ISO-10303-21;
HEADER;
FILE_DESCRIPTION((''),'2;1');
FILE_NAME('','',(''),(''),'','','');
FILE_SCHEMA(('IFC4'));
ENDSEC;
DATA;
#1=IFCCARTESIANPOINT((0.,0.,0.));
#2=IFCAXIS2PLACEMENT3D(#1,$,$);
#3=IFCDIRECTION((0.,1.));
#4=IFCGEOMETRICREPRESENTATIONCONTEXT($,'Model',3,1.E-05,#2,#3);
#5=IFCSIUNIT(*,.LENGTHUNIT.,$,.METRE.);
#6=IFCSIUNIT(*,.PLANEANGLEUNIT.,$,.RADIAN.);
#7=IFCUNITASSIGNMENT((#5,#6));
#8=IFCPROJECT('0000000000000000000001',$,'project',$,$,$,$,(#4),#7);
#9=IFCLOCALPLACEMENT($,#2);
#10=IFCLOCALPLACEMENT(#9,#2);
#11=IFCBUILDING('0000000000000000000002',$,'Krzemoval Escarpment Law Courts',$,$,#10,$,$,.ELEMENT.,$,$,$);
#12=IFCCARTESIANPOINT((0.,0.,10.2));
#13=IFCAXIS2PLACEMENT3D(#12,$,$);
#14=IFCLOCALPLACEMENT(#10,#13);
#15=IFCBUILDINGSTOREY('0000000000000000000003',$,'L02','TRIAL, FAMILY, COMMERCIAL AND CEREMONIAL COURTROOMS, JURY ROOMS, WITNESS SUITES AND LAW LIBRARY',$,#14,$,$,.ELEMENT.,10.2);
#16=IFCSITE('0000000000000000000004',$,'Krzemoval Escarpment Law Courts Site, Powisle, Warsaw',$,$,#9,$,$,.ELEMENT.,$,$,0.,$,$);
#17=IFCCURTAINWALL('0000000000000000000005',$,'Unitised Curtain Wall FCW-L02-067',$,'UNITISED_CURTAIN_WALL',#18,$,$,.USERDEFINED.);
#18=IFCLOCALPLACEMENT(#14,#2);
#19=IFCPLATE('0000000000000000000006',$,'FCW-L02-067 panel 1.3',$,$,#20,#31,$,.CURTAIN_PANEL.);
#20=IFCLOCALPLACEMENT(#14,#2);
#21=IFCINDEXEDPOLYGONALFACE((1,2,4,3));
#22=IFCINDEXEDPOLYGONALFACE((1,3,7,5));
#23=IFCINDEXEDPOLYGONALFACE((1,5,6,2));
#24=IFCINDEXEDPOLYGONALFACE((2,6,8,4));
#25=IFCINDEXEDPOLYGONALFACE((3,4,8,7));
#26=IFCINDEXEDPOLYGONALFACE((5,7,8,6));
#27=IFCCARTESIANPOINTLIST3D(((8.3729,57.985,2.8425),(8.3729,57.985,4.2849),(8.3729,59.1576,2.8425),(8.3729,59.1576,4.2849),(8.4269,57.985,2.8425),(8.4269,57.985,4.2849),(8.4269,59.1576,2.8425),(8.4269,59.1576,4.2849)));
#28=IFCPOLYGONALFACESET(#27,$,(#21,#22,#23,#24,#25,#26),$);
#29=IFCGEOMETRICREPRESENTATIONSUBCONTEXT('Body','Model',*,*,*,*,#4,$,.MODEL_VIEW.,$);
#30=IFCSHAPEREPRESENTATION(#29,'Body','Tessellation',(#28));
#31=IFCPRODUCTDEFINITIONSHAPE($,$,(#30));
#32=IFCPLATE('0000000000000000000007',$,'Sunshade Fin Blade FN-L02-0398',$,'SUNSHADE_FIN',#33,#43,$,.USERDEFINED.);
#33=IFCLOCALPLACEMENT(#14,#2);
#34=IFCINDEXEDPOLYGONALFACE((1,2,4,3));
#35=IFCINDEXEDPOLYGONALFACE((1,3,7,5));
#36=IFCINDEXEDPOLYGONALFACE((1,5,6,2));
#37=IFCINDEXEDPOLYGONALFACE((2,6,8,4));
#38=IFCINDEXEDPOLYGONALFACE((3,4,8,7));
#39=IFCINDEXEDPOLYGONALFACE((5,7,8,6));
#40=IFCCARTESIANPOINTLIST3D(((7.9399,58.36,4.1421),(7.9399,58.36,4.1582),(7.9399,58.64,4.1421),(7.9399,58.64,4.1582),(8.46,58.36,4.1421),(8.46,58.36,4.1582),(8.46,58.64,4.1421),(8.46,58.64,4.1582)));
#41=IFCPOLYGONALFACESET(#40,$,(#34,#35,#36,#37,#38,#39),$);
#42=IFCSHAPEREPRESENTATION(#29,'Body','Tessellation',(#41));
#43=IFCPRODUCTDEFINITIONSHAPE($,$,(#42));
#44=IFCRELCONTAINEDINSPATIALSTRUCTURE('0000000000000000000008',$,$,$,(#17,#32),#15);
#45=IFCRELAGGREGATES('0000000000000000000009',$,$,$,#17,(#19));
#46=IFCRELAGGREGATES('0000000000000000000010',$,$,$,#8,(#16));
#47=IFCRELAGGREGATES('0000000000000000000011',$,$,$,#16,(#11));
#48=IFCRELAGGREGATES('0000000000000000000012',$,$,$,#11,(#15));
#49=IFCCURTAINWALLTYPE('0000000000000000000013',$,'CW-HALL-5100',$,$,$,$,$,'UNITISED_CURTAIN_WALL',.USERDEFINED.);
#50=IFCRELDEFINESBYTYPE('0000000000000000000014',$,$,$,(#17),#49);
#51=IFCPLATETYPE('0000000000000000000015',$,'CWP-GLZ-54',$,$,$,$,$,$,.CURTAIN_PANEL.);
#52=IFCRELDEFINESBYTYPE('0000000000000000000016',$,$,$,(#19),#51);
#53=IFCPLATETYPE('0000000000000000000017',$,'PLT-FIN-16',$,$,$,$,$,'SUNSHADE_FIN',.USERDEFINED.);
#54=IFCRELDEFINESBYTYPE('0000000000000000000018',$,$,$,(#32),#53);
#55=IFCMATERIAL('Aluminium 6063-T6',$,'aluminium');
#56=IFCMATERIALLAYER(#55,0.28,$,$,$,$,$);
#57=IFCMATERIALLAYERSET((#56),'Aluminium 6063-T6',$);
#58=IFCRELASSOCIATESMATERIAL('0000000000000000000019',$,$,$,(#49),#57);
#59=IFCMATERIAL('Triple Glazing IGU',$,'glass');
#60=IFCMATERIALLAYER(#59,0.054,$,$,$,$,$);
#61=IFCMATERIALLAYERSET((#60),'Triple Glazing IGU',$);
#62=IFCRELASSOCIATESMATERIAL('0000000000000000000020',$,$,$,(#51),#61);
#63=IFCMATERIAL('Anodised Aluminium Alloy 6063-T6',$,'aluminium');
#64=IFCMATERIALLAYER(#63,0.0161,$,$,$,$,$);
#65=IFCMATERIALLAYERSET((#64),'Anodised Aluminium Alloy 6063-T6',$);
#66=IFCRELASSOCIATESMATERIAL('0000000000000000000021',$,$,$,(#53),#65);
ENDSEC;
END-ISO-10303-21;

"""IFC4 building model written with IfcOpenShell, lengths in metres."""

from ifc_helpers import new_model, si_unit, direction, frame, origin, origin_2d, place, context, subcontext, project, spatial, rectangle, extrude, material, layer, layer_set, type_object, element, aggregate, save


model = new_model("IFC4")

# Units and contexts
model_context = context("Model", 3, precision=1e-05, world=origin(), true_north=direction((0.0, 1.0)))
body_context = subcontext(model_context, "Body", "Model", "MODEL_VIEW")
ifc_project = project(units=[si_unit("LENGTHUNIT", "METRE"), si_unit("PLANEANGLEUNIT", "RADIAN")], contexts=[model_context])

# Site, building, storey
site_placement = place(None, origin())
site = spatial("IfcSite", under=ifc_project, at=site_placement, Name="Krzemoval Escarpment Law Courts Site, Powisle, Warsaw", CompositionType="ELEMENT", RefElevation=0.0)
building_placement = place(site_placement, origin())
building = spatial("IfcBuilding", under=site, at=building_placement, Name="Krzemoval Escarpment Law Courts", CompositionType="ELEMENT")
storey_placement = place(building_placement, frame((0.0, 0.0, 10.2)))
storey = spatial("IfcBuildingStorey", under=building, at=storey_placement, Name="L02", Description="TRIAL, FAMILY, COMMERCIAL AND CEREMONIAL COURTROOMS, JURY ROOMS, WITNESS SUITES AND LAW LIBRARY", CompositionType="ELEMENT", Elevation=10.2)

# Shared definitions
ifc_material_1 = material(Name="Aluminium 6063-T6", Category="aluminium")
ifc_layer_1 = layer(ifc_material_1, 0.28)
ifc_layer_set_1 = layer_set([ifc_layer_1], Name="Aluminium 6063-T6")
curtain_wall_type = type_object("IfcCurtainWallType", Name="CW-HALL-5100", ElementType="UNITISED_CURTAIN_WALL", PredefinedType="USERDEFINED", material=ifc_layer_set_1)

# Curtain wall
curtain_wall_1_placement = place(storey_placement, origin())
curtain_wall_1 = element("IfcCurtainWall", 1, at=curtain_wall_1_placement, inside=storey, type_object=curtain_wall_type, Name="Unitised Curtain Wall FCW-L02-067", ObjectType="UNITISED_CURTAIN_WALL", PredefinedType="USERDEFINED")

# Plates
ifc_material_2 = material(Name="Triple Glazing IGU", Category="glass")
ifc_layer_2 = layer(ifc_material_2, 0.054)
ifc_layer_set_2 = layer_set([ifc_layer_2], Name="Triple Glazing IGU")
plate_type_1 = type_object("IfcPlateType", Name="CWP-GLZ-54", PredefinedType="CURTAIN_PANEL", material=ifc_layer_set_2)
plate_1_placement = place(storey_placement, frame((8.3999, 58.5713, 2.8425), z_axis=(0.0, 0.0, 1.0), x_axis=(0.0, 1.0, 0.0)))
plate_1 = element("IfcPlate", 2, at=plate_1_placement, type_object=plate_type_1, Name="FCW-L02-067 panel 1.3", PredefinedType="CURTAIN_PANEL", context=body_context, shape_type="SweptSolid", body=[
    extrude(rectangle(XDim=1.1726, YDim=0.054, at=origin_2d()), origin(), (0.0, 0.0, 1.0), 1.4424),
])
aggregate(curtain_wall_1, [plate_1])
ifc_material_3 = material(Name="Anodised Aluminium Alloy 6063-T6", Category="aluminium")
ifc_layer_3 = layer(ifc_material_3, 0.0161)
ifc_layer_set_3 = layer_set([ifc_layer_3], Name="Anodised Aluminium Alloy 6063-T6")
plate_type_2 = type_object("IfcPlateType", Name="PLT-FIN-16", ElementType="SUNSHADE_FIN", PredefinedType="USERDEFINED", material=ifc_layer_set_3)
plate_2_placement = place(storey_placement, frame((8.2, 58.5, 4.1421), z_axis=(0.0, 0.0, 1.0), x_axis=(-1.0, 0.0, 0.0)))
element("IfcPlate", 3, at=plate_2_placement, inside=storey, type_object=plate_type_2, Name="Sunshade Fin Blade FN-L02-0398", ObjectType="SUNSHADE_FIN", PredefinedType="USERDEFINED", context=body_context, shape_type="SweptSolid", body=[
    extrude(rectangle(XDim=0.52, YDim=0.28, at=origin_2d()), origin(), (0.0, 0.0, 1.0), 0.0161),
])

save(model, "model.ifc")
